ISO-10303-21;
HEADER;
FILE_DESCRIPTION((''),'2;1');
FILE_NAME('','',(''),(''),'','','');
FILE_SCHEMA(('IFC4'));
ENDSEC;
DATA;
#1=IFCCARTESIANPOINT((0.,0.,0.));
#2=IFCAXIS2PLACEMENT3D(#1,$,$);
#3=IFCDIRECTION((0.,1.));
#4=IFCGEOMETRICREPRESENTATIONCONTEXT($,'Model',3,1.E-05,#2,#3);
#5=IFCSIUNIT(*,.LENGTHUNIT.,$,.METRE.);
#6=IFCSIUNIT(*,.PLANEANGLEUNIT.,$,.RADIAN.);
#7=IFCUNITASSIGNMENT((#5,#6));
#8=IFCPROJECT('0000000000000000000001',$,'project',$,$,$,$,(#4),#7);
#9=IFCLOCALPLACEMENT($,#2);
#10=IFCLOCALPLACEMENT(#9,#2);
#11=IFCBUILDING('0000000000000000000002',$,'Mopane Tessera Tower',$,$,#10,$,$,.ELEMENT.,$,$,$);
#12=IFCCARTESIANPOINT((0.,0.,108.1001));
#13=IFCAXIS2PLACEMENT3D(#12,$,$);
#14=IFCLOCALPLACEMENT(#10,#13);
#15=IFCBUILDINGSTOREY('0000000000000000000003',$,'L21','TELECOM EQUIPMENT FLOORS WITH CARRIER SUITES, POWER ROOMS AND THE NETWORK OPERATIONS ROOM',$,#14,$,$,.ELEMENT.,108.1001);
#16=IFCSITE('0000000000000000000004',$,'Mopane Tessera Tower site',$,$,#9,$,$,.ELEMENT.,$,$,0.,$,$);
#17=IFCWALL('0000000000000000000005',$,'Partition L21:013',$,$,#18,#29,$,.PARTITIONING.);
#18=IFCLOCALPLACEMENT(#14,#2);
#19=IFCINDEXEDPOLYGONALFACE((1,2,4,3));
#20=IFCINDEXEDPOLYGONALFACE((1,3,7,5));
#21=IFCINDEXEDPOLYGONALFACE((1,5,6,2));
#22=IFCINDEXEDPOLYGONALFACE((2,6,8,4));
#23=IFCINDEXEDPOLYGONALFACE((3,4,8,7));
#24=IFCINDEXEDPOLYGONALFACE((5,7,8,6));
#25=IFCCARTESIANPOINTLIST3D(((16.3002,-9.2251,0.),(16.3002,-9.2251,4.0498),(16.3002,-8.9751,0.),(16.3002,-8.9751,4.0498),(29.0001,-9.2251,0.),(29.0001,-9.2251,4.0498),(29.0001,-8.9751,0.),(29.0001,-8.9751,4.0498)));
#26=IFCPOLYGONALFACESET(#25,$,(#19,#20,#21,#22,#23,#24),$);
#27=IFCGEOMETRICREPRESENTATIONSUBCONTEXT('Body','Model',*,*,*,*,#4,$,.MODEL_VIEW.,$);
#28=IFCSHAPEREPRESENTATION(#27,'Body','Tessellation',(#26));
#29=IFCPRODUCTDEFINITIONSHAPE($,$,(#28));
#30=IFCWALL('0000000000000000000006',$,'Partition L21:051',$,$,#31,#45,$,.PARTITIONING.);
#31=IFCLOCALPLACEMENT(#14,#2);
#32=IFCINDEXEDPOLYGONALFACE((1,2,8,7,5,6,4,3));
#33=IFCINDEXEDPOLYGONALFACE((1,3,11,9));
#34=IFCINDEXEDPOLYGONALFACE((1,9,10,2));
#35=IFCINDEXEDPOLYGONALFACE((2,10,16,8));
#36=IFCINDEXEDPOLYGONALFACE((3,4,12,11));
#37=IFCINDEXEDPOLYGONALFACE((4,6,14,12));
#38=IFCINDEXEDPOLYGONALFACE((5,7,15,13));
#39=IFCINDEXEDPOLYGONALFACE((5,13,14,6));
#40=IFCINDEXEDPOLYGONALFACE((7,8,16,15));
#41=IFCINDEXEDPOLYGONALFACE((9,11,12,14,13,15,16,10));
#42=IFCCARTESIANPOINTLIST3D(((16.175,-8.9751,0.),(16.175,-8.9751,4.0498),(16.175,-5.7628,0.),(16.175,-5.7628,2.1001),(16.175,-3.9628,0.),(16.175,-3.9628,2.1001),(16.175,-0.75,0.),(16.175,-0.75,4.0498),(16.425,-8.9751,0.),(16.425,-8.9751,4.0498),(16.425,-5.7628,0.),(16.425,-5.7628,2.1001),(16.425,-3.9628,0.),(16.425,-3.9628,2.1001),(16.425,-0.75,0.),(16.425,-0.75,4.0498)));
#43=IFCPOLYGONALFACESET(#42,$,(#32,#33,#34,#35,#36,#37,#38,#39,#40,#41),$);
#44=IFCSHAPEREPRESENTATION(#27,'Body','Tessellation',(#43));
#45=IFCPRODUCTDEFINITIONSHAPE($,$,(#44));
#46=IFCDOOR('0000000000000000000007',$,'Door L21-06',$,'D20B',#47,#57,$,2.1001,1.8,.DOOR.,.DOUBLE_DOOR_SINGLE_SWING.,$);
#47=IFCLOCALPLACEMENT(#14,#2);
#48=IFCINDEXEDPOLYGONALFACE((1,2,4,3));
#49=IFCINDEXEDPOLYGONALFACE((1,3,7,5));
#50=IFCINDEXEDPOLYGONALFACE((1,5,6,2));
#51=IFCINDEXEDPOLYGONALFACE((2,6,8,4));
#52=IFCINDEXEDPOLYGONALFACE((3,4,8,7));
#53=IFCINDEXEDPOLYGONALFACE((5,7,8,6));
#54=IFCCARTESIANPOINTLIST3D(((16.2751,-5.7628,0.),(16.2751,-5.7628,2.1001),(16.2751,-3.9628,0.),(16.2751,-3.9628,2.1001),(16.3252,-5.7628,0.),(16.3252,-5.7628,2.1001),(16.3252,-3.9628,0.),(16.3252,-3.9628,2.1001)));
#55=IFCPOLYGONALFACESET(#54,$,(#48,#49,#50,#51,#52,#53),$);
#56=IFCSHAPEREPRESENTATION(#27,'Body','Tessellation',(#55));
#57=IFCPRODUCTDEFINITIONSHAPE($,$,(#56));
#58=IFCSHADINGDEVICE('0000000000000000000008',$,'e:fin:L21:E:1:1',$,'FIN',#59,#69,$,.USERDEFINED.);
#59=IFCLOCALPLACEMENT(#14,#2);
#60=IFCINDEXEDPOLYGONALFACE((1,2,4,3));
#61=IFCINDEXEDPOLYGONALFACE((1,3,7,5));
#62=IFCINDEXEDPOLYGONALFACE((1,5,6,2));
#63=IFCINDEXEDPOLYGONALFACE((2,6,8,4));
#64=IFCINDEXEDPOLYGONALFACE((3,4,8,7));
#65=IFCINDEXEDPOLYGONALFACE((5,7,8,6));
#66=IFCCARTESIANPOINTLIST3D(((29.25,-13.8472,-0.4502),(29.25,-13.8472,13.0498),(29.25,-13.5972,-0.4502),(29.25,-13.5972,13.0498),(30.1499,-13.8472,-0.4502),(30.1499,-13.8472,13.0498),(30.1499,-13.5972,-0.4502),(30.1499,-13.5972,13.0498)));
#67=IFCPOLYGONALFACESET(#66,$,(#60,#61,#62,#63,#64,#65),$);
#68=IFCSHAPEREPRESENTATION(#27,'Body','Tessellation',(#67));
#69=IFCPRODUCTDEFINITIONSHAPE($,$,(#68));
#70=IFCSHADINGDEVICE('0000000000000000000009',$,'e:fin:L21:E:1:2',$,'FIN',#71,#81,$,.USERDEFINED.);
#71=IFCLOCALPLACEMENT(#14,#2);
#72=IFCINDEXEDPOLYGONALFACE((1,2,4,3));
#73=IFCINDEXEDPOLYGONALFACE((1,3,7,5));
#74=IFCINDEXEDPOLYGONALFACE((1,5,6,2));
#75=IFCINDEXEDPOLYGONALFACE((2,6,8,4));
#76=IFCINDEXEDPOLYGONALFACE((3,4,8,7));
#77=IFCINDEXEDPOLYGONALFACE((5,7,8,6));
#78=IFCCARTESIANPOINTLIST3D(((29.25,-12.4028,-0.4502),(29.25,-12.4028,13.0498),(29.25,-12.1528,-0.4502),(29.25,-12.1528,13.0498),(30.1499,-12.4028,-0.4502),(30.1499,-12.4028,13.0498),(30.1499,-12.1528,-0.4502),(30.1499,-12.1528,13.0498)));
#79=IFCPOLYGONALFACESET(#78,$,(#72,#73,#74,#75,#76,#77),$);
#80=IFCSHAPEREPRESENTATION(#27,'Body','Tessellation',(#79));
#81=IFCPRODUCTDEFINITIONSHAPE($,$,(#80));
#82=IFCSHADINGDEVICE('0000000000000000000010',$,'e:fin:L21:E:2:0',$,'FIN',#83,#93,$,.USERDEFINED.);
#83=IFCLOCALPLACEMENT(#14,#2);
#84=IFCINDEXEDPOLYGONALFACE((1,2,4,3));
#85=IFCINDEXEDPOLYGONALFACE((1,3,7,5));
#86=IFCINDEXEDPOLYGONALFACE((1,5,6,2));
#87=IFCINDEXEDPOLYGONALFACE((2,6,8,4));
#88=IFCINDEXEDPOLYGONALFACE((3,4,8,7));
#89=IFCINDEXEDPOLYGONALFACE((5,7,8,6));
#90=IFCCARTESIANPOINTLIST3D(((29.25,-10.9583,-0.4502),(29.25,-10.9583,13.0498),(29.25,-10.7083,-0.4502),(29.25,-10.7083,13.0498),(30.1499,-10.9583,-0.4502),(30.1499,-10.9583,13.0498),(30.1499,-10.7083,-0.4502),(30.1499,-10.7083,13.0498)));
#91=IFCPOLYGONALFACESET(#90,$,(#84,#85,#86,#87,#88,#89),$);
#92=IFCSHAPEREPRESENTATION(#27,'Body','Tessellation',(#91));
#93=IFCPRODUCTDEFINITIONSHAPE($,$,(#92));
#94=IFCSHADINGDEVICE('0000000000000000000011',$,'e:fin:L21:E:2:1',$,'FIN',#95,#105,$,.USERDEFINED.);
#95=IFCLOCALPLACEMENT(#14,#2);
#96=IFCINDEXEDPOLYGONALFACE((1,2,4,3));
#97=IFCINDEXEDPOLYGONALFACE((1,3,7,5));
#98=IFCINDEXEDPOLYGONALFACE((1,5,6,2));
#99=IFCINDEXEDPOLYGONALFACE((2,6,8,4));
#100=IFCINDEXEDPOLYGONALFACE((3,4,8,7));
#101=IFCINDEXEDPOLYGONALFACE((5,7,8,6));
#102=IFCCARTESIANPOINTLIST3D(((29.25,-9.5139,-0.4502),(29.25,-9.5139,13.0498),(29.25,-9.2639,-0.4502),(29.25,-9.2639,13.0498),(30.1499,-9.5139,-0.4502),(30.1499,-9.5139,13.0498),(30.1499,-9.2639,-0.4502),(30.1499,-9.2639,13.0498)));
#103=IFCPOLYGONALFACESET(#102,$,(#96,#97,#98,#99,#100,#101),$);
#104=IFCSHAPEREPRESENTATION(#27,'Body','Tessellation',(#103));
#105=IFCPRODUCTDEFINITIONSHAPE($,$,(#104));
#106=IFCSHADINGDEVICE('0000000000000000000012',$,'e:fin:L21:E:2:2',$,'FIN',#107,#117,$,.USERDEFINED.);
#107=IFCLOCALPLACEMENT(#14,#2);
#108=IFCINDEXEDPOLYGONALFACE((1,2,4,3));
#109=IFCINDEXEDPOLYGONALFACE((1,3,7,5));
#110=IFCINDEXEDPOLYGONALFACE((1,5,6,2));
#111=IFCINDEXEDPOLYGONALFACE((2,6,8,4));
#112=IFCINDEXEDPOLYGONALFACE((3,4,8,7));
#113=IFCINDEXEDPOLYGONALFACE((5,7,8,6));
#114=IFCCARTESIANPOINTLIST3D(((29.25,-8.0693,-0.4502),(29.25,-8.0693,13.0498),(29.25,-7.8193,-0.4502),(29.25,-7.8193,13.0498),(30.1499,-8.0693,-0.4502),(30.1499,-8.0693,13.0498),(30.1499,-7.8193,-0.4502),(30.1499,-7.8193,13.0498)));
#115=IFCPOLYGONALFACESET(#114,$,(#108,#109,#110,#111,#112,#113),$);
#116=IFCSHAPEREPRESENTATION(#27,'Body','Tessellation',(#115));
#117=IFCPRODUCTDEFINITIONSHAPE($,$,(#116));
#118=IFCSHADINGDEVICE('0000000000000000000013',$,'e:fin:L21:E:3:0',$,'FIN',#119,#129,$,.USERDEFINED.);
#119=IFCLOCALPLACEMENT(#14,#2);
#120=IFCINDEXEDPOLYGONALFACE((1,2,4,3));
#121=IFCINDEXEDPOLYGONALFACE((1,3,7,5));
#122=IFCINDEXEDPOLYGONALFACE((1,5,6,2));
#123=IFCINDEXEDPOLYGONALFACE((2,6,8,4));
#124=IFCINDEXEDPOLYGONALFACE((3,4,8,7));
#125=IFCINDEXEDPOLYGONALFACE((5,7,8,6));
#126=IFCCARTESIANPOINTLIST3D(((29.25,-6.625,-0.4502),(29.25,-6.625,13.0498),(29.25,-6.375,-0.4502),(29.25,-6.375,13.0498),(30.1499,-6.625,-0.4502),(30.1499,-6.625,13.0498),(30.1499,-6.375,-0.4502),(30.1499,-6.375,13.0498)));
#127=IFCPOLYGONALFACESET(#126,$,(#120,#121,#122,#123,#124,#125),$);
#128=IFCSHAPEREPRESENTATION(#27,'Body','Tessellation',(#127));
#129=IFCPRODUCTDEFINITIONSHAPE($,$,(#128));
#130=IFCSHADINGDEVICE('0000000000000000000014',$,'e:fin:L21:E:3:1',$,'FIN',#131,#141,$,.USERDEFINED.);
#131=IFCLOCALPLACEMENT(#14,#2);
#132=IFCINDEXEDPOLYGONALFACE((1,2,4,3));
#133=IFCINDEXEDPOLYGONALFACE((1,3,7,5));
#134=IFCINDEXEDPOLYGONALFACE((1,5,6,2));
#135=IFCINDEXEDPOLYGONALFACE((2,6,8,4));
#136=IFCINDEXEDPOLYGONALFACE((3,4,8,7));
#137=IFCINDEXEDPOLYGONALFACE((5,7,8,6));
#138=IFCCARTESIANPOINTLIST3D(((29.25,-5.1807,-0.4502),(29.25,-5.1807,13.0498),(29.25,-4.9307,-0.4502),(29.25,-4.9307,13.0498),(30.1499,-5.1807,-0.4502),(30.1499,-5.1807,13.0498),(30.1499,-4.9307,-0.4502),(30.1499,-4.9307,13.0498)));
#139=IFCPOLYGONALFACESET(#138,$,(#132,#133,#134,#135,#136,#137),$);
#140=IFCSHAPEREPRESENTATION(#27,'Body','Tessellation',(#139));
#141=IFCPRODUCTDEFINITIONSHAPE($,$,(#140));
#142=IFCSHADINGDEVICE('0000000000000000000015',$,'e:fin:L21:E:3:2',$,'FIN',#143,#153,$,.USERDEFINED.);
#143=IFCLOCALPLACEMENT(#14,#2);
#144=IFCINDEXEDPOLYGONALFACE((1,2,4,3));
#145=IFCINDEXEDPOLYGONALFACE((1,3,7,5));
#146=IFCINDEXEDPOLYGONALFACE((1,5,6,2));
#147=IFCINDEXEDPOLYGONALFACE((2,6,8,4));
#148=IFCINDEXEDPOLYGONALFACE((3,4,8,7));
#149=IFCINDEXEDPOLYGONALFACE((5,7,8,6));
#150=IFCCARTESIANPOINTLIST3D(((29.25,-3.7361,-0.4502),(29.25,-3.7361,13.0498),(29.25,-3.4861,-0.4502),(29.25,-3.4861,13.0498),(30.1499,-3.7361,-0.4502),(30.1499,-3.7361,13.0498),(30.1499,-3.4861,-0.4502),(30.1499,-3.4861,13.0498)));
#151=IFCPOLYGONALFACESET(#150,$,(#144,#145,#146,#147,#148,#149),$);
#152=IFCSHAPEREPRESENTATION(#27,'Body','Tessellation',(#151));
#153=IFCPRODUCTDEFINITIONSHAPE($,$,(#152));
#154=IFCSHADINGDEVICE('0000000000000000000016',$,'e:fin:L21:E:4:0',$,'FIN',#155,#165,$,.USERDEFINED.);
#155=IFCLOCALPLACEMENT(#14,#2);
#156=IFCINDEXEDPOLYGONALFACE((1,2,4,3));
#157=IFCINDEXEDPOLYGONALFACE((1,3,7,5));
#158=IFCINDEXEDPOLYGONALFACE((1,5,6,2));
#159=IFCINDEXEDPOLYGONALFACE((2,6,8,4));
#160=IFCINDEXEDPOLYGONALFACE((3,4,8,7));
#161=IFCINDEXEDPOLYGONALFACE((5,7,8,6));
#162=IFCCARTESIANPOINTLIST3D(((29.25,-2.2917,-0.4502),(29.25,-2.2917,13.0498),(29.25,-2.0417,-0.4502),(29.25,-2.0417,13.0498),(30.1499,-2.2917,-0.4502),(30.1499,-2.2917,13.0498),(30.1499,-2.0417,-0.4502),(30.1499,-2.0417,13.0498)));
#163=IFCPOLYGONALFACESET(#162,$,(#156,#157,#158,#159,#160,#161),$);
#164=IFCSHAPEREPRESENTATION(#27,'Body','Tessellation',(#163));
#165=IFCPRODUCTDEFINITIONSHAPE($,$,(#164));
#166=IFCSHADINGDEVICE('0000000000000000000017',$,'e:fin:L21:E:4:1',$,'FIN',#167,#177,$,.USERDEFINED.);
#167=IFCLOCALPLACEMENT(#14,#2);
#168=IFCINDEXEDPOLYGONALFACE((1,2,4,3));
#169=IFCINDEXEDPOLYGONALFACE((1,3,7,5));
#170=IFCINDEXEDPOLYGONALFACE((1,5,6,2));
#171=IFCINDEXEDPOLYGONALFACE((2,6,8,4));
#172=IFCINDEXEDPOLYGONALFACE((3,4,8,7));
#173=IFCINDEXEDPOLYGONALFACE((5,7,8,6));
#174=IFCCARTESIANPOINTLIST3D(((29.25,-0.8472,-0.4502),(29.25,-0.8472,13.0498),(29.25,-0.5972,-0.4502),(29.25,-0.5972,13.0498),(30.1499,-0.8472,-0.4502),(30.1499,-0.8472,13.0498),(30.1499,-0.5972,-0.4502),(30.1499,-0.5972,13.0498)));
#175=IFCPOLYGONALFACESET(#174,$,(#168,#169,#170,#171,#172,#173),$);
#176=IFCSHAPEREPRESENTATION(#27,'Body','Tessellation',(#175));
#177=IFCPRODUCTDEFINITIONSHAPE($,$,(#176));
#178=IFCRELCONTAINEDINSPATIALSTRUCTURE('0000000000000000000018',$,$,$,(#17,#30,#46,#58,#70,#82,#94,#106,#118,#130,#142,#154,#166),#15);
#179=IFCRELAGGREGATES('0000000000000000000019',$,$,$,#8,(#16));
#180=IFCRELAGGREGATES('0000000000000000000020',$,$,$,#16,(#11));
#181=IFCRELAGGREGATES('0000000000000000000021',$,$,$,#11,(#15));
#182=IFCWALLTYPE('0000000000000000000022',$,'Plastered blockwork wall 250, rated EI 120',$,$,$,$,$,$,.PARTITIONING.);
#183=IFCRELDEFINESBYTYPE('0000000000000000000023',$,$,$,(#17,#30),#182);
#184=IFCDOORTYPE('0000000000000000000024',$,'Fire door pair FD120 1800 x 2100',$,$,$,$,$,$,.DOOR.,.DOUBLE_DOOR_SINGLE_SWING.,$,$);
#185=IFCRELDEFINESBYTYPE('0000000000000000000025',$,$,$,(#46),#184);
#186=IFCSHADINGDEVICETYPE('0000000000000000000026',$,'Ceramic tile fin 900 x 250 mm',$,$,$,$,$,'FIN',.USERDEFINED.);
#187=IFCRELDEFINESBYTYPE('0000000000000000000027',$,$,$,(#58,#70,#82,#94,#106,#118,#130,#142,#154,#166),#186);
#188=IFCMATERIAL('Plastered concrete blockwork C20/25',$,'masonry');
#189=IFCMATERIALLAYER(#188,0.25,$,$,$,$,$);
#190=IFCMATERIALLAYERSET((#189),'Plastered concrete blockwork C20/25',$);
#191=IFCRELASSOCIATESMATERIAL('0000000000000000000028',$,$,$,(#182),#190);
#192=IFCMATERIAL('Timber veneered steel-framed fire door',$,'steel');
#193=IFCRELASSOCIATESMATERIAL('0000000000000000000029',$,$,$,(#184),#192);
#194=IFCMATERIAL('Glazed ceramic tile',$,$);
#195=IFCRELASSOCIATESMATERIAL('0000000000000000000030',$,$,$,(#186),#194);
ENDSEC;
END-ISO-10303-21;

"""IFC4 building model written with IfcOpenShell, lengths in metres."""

from ifc_helpers import new_model, si_unit, direction, frame, frame_2d, origin, origin_2d, place, context, subcontext, project, spatial, rectangle, extrude, material, layer, layer_set, type_object, element, fill, save


model = new_model("IFC4")

# Units and contexts
model_context = context("Model", 3, precision=1e-05, world=origin(), true_north=direction((0.0, 1.0)))
body_context = subcontext(model_context, "Body", "Model", "MODEL_VIEW")
ifc_project = project(units=[si_unit("LENGTHUNIT", "METRE"), si_unit("PLANEANGLEUNIT", "RADIAN")], contexts=[model_context])

# Site, building, storey
site_placement = place(None, origin())
site = spatial("IfcSite", under=ifc_project, at=site_placement, Name="Mopane Tessera Tower site", CompositionType="ELEMENT", RefElevation=0.0)
building_placement = place(site_placement, origin())
building = spatial("IfcBuilding", under=site, at=building_placement, Name="Mopane Tessera Tower", CompositionType="ELEMENT")
storey_placement = place(building_placement, frame((0.0, 0.0, 108.1001)))
storey = spatial("IfcBuildingStorey", under=building, at=storey_placement, Name="L21", Description="TELECOM EQUIPMENT FLOORS WITH CARRIER SUITES, POWER ROOMS AND THE NETWORK OPERATIONS ROOM", CompositionType="ELEMENT", Elevation=108.1001)

# Wall
ifc_material_1 = material(Name="Plastered concrete blockwork C20/25", Category="masonry")
ifc_layer_1 = layer(ifc_material_1, 0.25)
ifc_layer_set_1 = layer_set([ifc_layer_1], Name="Plastered concrete blockwork C20/25")
wall_type_1 = type_object("IfcWallType", Name="Plastered blockwork wall 250, rated EI 120", PredefinedType="PARTITIONING", material=ifc_layer_set_1)
wall_1_placement = place(storey_placement, frame((16.3, -9.1001, 0.0), z_axis=(0.0, 0.0, 1.0), x_axis=(1.0, 0.0, 0.0)))
element("IfcWall", 1, at=wall_1_placement, inside=storey, type_object=wall_type_1, Name="Partition L21:013", PredefinedType="PARTITIONING", context=body_context, shape_type="SweptSolid", body=[
    extrude(rectangle(XDim=12.7, YDim=0.25, at=frame_2d((6.3501, 0.0))), origin(), (0.0, 0.0, 1.0), 4.0498),
])

# Wall, opening, door
wall_2_placement = place(storey_placement, frame((16.3, -8.9751, 0.0), z_axis=(0.0, 0.0, 1.0), x_axis=(0.0, 1.0, 0.0)))
wall_2 = element("IfcWall", 2, at=wall_2_placement, inside=storey, type_object=wall_type_1, Name="Partition L21:051", PredefinedType="PARTITIONING", context=body_context, shape_type="SweptSolid", body=[
    extrude(rectangle(XDim=8.2251, YDim=0.25, at=frame_2d((4.1125, 0.0))), origin(), (0.0, 0.0, 1.0), 4.0498),
])
opening_1_placement = place(wall_2_placement, frame((3.2124, 0.0, 0.0)))
opening_1 = element("IfcOpeningElement", 3, at=opening_1_placement, cuts=wall_2, PredefinedType="OPENING", context=body_context, shape_type="SweptSolid", body=[
    extrude(rectangle(XDim=1.8, YDim=2.1001, at=frame_2d((0.8999, 1.05))), frame((0.0, 0.137, 0.0), z_axis=(0.0, -1.0, 0.0), x_axis=(1.0, 0.0, 0.0)), (0.0, 0.0, 1.0), 0.2739),
])
ifc_material_2 = material(Name="Timber veneered steel-framed fire door", Category="steel")
door_type_1 = type_object("IfcDoorType", Name="Fire door pair FD120 1800 x 2100", OperationType="DOUBLE_DOOR_SINGLE_SWING", PredefinedType="DOOR", material=ifc_material_2)
door_1_placement = place(opening_1_placement, origin())
door_1 = element("IfcDoor", 4, at=door_1_placement, inside=storey, type_object=door_type_1, Name="Door L21-06", ObjectType="D20B", OperationType="DOUBLE_DOOR_SINGLE_SWING", OverallHeight=2.1001, OverallWidth=1.8, PredefinedType="DOOR", context=body_context, shape_type="SweptSolid", body=[
    extrude(rectangle(XDim=1.8, YDim=2.1001, at=frame_2d((0.8999, 1.05))), frame((0.0, 0.0249, 0.0), z_axis=(0.0, -1.0, 0.0), x_axis=(1.0, 0.0, 0.0)), (0.0, 0.0, 1.0), 0.05),
])
fill(opening_1, door_1)

# Shading devices
ifc_material_3 = material(Name="Glazed ceramic tile")
shading_device_type = type_object("IfcShadingDeviceType", Name="Ceramic tile fin 900 x 250 mm", ElementType="FIN", PredefinedType="USERDEFINED", material=ifc_material_3)
for number, where, z_axis, x_axis, name in (
    (5, (29.7, -13.7222, -0.4502), (0.0, 0.0, 1.0), (0.0, 1.0, 0.0), "e:fin:L21:E:1:1"),
    (6, (29.7, -12.2778, -0.4502), (0.0, 0.0, 1.0), (0.0, 1.0, 0.0), "e:fin:L21:E:1:2"),
    (7, (29.7, -10.8333, -0.4502), (0.0, 0.0, 1.0), (0.0, 1.0, 0.0), "e:fin:L21:E:2:0"),
    (8, (29.7, -9.3889, -0.4502), (0.0, 0.0, 1.0), (0.0, 1.0, 0.0), "e:fin:L21:E:2:1"),
    (9, (29.7, -7.9443, -0.4502), (0.0, 0.0, 1.0), (0.0, 1.0, 0.0), "e:fin:L21:E:2:2"),
    (10, (29.7, -6.5, -0.4502), (0.0, 0.0, 1.0), (0.0, 1.0, 0.0), "e:fin:L21:E:3:0"),
    (11, (29.7, -5.0557, -0.4502), (0.0, 0.0, 1.0), (0.0, 1.0, 0.0), "e:fin:L21:E:3:1"),
    (12, (29.7, -3.6111, -0.4502), (0.0, 0.0, 1.0), (0.0, 1.0, 0.0), "e:fin:L21:E:3:2"),
    (13, (29.7, -2.1667, -0.4502), (0.0, 0.0, 1.0), (0.0, 1.0, 0.0), "e:fin:L21:E:4:0"),
    (14, (29.7, -0.7222, -0.4502), (0.0, 0.0, 1.0), (0.0, 1.0, 0.0), "e:fin:L21:E:4:1"),
):
    element("IfcShadingDevice", number, at=place(storey_placement, frame(where, z_axis=z_axis, x_axis=x_axis)), inside=storey, type_object=shading_device_type, Name=name, ObjectType="FIN", PredefinedType="USERDEFINED", context=body_context, shape_type="SweptSolid", body=[
        extrude(rectangle(XDim=0.25, YDim=0.8999, at=origin_2d()), origin(), (0.0, 0.0, 1.0), 13.5),
    ])

save(model, "model.ifc")
